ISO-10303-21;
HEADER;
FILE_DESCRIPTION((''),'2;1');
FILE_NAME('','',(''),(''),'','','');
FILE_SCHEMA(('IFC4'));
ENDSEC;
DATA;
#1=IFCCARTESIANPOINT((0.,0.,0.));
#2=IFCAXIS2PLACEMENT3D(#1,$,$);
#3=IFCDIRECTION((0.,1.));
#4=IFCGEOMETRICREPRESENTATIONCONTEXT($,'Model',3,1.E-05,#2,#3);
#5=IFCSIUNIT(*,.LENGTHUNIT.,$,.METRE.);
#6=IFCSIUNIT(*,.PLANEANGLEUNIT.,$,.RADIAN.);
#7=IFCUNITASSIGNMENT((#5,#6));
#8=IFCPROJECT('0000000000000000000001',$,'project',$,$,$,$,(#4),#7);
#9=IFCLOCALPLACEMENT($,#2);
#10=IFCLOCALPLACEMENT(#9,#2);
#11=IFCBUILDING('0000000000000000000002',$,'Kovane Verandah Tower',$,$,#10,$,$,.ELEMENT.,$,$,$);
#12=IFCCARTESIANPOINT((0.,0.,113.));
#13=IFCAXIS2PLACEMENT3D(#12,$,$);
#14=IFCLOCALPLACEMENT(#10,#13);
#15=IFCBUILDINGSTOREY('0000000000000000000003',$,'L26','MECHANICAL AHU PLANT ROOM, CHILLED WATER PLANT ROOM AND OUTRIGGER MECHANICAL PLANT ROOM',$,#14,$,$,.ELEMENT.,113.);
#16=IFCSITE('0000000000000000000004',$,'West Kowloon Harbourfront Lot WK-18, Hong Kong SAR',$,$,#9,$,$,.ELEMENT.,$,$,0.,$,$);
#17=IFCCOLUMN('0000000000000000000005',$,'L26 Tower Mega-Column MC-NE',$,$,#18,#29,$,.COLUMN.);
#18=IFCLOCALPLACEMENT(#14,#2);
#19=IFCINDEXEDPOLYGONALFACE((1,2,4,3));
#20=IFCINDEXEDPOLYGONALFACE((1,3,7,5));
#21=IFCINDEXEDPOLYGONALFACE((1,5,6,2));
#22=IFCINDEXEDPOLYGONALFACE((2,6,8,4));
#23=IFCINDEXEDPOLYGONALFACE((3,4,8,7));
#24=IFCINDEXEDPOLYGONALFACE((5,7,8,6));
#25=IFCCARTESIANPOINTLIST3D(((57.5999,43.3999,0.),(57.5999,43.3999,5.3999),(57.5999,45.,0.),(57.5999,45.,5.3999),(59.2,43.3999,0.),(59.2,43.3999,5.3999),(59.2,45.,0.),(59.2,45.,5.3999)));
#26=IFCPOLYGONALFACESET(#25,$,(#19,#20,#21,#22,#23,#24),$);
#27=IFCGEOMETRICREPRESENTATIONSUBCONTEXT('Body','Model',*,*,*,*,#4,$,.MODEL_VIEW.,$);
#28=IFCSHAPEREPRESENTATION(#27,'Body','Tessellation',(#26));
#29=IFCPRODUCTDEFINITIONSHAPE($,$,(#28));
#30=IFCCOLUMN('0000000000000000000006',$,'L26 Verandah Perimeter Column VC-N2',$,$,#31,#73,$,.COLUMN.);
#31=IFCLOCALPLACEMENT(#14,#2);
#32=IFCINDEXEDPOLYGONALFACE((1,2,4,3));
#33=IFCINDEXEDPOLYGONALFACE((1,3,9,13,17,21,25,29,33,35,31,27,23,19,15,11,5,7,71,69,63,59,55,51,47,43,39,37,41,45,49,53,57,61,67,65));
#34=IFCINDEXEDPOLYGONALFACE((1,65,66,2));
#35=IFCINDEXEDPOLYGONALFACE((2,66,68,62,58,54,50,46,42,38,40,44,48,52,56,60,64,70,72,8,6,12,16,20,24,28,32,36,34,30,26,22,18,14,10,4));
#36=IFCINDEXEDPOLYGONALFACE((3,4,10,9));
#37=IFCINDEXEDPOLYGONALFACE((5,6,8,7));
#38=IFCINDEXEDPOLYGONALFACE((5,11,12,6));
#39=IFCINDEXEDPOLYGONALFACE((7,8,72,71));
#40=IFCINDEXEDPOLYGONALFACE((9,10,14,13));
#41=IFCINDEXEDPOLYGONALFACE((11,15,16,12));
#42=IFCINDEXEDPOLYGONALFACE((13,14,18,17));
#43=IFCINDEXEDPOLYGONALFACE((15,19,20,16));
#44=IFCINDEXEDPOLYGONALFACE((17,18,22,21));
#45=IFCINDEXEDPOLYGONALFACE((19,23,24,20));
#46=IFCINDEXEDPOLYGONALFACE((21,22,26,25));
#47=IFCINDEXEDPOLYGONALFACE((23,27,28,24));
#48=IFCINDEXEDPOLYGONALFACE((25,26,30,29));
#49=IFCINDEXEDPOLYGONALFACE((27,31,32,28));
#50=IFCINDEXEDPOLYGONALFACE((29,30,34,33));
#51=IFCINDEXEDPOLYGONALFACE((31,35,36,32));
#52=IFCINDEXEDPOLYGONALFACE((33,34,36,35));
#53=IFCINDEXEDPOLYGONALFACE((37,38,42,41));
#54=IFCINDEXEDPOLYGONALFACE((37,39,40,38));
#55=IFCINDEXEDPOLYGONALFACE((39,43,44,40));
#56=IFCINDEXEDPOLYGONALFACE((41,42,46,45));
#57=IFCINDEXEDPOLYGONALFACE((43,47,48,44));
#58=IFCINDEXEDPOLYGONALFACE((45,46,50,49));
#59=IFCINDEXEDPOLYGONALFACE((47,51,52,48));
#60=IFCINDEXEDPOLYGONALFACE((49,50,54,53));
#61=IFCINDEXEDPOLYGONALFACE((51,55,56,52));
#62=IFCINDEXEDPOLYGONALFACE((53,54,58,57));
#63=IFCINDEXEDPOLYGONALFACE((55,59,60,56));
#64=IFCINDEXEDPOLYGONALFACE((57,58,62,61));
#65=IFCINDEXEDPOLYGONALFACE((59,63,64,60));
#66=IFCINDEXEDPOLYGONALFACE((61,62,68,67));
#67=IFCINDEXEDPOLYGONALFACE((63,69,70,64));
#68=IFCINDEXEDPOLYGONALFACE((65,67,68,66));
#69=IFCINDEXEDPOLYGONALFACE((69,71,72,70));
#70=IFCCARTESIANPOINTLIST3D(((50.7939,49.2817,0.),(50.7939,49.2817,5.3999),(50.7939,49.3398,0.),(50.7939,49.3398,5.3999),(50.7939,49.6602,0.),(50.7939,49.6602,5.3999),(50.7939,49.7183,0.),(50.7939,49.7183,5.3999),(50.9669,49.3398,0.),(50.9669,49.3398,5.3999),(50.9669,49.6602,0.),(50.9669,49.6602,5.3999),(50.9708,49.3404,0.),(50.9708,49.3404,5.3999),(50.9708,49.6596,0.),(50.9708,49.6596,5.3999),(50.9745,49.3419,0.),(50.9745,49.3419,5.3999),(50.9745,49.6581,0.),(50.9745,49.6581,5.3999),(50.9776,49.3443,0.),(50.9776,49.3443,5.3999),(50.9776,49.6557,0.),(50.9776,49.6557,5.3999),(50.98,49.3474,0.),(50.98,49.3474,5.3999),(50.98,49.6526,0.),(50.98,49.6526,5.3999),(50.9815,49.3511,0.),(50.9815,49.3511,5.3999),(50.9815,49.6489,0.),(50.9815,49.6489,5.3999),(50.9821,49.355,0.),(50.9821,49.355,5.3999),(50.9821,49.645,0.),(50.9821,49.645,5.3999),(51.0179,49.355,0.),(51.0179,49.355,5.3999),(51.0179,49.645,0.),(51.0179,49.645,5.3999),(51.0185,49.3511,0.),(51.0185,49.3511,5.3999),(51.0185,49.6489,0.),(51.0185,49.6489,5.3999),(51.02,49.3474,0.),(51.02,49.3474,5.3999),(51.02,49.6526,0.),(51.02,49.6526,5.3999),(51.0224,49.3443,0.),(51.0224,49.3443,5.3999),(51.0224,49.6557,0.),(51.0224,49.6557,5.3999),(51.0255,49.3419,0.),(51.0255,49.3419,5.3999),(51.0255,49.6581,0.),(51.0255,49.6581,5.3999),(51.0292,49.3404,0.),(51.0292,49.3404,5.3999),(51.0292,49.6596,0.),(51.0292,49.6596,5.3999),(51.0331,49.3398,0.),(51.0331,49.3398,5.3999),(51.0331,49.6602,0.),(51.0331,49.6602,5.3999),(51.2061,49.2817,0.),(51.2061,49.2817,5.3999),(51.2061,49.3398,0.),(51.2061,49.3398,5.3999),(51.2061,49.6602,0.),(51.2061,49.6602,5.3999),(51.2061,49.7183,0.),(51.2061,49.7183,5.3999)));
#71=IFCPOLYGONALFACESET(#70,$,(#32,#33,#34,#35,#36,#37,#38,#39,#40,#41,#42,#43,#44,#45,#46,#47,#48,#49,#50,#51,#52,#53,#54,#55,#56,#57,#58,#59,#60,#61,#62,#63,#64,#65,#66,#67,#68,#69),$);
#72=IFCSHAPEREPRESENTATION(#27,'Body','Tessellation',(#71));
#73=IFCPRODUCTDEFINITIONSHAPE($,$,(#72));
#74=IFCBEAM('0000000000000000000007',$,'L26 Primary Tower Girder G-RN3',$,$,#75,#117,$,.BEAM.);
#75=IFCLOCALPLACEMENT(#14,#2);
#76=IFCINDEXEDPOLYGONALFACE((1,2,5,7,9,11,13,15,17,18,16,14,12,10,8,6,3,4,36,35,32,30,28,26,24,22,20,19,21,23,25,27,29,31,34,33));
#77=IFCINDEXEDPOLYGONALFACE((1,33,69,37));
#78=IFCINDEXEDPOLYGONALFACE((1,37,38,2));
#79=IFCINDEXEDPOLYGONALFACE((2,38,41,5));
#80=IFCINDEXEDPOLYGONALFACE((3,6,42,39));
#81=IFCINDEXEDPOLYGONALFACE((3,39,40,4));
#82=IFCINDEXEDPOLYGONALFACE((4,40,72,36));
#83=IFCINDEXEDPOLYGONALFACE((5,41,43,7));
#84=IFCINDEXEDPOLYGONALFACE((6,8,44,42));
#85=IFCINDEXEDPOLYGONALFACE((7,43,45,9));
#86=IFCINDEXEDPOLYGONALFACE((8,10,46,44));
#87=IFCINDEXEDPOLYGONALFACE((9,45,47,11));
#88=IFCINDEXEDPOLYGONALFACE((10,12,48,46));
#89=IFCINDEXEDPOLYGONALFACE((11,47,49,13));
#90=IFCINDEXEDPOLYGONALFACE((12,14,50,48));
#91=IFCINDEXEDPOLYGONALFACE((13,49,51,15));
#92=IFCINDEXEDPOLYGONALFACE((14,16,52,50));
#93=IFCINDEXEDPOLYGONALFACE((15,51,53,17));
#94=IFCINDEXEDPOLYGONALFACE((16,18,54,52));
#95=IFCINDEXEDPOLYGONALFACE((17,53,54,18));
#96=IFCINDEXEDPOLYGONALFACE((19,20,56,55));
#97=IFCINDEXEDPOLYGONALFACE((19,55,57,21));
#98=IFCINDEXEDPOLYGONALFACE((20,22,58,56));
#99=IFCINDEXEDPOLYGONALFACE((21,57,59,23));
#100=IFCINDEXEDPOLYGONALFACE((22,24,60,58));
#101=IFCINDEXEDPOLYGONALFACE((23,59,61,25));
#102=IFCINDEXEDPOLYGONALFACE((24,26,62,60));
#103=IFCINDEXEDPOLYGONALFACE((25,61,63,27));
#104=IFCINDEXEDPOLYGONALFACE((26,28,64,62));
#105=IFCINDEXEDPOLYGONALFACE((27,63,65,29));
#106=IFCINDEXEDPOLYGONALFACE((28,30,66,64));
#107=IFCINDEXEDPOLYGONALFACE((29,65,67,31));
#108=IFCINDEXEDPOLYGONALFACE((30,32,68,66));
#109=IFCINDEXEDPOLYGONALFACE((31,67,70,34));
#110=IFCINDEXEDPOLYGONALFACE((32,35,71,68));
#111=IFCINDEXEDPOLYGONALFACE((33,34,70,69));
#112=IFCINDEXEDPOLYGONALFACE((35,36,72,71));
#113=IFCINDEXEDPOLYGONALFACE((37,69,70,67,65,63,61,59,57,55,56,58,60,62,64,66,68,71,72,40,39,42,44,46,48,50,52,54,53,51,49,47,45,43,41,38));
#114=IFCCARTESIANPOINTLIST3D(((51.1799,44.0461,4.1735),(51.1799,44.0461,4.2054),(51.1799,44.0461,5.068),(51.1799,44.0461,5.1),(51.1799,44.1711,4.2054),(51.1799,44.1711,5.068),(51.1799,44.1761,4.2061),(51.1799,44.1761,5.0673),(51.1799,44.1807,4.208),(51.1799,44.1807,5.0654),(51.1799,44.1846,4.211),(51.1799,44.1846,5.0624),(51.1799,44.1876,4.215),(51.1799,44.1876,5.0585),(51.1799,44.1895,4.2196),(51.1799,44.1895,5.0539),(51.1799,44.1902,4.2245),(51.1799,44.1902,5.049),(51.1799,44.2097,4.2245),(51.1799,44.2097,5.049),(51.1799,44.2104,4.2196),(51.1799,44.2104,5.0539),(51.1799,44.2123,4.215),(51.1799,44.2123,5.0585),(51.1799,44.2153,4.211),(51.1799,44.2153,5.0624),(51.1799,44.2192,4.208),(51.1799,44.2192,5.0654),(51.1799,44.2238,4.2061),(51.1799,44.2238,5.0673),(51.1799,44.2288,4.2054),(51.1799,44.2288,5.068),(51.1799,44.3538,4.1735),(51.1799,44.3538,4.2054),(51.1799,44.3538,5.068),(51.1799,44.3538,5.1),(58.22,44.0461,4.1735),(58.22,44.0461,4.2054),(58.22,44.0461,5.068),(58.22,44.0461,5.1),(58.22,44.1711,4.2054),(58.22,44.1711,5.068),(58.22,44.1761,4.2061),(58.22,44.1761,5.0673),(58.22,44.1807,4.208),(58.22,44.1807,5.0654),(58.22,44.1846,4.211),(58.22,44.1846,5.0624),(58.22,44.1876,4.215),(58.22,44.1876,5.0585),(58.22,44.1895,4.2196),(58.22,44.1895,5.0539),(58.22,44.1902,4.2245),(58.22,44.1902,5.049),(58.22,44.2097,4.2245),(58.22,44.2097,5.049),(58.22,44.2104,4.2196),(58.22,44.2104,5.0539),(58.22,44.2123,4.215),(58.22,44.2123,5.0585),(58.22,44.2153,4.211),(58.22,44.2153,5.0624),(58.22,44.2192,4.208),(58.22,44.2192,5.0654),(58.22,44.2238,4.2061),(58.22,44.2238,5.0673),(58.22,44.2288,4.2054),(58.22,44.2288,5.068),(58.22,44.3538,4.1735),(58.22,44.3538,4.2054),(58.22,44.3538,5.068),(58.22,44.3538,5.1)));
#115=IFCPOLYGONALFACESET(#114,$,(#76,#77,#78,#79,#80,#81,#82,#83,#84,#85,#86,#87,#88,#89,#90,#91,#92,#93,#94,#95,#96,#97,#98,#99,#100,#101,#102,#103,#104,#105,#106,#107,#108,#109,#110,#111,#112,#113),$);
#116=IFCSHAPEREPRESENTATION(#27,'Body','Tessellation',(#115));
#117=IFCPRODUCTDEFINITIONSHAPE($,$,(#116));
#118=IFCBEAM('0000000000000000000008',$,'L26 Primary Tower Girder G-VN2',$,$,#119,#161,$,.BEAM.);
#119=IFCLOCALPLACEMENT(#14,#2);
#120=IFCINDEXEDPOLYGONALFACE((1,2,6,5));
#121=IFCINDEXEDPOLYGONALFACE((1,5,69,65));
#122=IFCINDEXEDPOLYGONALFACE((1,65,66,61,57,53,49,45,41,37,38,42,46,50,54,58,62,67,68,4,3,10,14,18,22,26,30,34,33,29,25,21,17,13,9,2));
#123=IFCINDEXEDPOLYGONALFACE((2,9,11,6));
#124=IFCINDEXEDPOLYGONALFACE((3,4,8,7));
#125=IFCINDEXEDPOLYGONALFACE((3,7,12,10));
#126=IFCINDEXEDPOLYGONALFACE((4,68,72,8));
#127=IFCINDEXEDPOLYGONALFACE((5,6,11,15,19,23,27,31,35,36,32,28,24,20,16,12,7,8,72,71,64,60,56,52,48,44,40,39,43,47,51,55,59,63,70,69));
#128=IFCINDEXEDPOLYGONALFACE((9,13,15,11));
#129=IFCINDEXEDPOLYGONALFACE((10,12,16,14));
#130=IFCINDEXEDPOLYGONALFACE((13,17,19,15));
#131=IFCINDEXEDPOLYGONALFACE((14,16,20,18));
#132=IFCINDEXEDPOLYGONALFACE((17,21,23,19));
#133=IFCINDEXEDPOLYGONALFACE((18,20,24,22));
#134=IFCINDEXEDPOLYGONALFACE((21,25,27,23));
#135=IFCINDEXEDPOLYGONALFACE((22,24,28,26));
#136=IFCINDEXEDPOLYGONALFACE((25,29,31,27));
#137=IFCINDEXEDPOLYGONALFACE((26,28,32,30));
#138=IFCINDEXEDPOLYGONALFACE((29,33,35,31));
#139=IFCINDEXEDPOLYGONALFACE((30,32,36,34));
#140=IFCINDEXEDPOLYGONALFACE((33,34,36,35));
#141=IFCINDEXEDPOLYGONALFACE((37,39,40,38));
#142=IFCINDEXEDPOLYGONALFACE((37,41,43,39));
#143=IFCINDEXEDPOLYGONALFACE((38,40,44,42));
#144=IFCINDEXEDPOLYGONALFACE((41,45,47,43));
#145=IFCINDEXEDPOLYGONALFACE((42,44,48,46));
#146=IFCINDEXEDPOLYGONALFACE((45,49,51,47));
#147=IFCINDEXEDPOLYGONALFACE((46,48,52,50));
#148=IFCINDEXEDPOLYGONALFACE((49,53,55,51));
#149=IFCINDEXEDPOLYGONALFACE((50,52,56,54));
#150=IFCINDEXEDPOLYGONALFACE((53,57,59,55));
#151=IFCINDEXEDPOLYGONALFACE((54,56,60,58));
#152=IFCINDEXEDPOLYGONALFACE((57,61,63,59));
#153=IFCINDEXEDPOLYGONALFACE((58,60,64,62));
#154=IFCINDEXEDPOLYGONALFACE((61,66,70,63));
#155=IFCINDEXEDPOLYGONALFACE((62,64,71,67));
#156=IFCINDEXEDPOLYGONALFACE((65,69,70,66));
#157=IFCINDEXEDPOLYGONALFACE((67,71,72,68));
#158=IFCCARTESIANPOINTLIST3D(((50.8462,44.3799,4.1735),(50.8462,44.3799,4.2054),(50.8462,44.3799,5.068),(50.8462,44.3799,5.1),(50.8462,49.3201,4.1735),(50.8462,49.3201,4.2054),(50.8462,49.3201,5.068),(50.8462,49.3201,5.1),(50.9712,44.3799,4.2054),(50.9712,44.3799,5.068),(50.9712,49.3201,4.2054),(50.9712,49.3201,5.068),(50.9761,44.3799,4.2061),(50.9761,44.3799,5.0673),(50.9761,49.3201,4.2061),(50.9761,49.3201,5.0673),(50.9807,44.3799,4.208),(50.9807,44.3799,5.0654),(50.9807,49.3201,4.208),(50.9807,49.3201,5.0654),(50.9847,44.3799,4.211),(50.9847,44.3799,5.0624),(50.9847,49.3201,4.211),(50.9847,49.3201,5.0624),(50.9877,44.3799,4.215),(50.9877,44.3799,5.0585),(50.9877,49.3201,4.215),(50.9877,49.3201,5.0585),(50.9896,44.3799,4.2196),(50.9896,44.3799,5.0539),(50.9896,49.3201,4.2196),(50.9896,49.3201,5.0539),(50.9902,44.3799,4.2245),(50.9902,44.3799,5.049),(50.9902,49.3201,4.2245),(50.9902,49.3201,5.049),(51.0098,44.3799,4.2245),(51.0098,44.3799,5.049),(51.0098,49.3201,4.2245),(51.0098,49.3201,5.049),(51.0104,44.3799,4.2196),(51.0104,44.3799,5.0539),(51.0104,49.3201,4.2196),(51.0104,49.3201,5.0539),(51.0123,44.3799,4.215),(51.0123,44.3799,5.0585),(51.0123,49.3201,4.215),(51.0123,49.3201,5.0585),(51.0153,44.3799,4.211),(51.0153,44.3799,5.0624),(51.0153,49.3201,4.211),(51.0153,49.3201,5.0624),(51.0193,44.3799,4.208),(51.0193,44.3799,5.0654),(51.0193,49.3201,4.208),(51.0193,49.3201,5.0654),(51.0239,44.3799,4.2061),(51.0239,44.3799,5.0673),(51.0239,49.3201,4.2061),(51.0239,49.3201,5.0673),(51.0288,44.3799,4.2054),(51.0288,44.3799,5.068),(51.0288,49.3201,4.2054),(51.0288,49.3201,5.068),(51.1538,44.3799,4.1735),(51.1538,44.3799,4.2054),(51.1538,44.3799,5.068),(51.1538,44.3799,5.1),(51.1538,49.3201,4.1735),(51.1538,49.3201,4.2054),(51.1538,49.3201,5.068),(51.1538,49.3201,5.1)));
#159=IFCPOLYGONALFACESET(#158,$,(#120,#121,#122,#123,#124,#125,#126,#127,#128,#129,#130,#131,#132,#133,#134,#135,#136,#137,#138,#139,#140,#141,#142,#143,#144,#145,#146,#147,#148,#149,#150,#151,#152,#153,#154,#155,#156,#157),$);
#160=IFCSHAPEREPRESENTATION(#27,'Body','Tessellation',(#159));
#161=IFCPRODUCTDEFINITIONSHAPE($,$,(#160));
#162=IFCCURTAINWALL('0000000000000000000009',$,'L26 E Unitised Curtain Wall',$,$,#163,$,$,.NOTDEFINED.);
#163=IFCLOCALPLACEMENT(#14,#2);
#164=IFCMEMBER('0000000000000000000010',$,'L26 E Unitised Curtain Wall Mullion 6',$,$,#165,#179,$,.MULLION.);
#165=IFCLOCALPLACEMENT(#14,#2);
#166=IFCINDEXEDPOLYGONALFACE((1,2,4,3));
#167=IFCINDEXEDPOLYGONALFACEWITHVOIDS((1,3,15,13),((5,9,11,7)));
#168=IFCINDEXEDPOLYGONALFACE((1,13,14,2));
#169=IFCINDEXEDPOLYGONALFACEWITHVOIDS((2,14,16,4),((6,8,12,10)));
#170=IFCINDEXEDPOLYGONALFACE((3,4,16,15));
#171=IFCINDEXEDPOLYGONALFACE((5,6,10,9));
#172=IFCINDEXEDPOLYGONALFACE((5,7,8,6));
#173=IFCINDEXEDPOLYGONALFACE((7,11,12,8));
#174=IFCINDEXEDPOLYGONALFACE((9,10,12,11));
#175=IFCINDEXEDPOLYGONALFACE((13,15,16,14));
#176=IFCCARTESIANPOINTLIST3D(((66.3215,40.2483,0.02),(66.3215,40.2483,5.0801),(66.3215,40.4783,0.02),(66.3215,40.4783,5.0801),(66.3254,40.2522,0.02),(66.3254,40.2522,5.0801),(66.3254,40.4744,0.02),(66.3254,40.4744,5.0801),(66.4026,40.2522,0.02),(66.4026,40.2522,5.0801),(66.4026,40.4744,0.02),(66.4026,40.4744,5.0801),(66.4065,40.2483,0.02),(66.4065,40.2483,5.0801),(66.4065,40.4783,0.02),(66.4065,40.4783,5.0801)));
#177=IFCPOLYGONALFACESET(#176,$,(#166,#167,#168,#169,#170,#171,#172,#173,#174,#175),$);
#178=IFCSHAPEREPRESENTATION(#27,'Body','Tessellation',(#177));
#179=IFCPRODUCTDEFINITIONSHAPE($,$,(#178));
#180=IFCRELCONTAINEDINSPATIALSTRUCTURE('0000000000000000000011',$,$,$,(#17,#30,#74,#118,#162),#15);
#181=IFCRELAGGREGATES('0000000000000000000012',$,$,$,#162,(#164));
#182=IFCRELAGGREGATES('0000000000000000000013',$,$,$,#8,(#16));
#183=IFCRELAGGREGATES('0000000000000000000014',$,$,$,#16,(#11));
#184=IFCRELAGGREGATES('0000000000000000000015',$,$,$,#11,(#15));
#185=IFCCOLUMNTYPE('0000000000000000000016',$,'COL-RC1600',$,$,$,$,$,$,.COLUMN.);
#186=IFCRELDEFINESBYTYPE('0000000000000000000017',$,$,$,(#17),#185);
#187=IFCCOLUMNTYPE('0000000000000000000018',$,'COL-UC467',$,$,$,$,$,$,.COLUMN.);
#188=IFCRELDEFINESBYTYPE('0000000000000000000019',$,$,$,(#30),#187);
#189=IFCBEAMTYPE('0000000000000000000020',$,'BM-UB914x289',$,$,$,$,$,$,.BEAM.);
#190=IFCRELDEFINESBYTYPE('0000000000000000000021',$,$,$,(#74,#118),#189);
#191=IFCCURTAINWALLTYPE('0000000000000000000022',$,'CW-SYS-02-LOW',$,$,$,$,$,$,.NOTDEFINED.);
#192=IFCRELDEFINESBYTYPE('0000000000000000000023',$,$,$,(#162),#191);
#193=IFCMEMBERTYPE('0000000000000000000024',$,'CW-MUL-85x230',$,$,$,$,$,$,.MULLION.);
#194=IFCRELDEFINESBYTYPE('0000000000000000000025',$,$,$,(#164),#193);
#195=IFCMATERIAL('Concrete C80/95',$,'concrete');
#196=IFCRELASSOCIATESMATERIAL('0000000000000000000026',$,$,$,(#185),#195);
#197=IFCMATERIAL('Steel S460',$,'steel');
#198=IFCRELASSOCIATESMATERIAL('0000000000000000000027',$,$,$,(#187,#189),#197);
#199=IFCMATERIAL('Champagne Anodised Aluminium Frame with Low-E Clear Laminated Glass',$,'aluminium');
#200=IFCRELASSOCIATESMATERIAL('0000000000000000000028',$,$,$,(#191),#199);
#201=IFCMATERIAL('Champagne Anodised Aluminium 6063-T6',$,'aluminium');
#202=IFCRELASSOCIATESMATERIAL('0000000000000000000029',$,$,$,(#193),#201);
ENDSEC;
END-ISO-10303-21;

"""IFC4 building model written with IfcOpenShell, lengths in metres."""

from ifc_helpers import new_model, si_unit, direction, frame, origin, origin_2d, place, context, subcontext, project, spatial, rectangle, hollow_rectangle, i_section, extrude, material, material_profile, profile_set, type_object, element, aggregate, save


model = new_model("IFC4")

# Units and contexts
model_context = context("Model", 3, precision=1e-05, world=origin(), true_north=direction((0.0, 1.0)))
body_context = subcontext(model_context, "Body", "Model", "MODEL_VIEW")
ifc_project = project(units=[si_unit("LENGTHUNIT", "METRE"), si_unit("PLANEANGLEUNIT", "RADIAN")], contexts=[model_context])

# Site, building, storey
site_placement = place(None, origin())
site = spatial("IfcSite", under=ifc_project, at=site_placement, Name="West Kowloon Harbourfront Lot WK-18, Hong Kong SAR", CompositionType="ELEMENT", RefElevation=0.0)
building_placement = place(site_placement, origin())
building = spatial("IfcBuilding", under=site, at=building_placement, Name="Kovane Verandah Tower", CompositionType="ELEMENT")
storey_placement = place(building_placement, frame((0.0, 0.0, 113.0)))
storey = spatial("IfcBuildingStorey", under=building, at=storey_placement, Name="L26", Description="MECHANICAL AHU PLANT ROOM, CHILLED WATER PLANT ROOM AND OUTRIGGER MECHANICAL PLANT ROOM", CompositionType="ELEMENT", Elevation=113.0)

# Columns
ifc_material_1 = material(Name="Concrete C80/95", Category="concrete")
ifc_material_profile_1 = material_profile(ifc_material_1, rectangle(XDim=1.6001, YDim=1.6001, at=origin_2d()), Name="RC1600x1600")
ifc_profile_set_1 = profile_set([ifc_material_profile_1], Name="Concrete C80/95")
column_type_1 = type_object("IfcColumnType", Name="COL-RC1600", PredefinedType="COLUMN", material=ifc_profile_set_1)
column_1_placement = place(storey_placement, frame((58.3999, 44.2, 0.0), z_axis=(0.0, 0.0, 1.0), x_axis=(1.0, 0.0, 0.0)))
element("IfcColumn", 1, at=column_1_placement, inside=storey, type_object=column_type_1, Name="L26 Tower Mega-Column MC-NE", PredefinedType="COLUMN", context=body_context, shape_type="SweptSolid", body=[
    extrude(rectangle(XDim=1.6001, YDim=1.6001, at=origin_2d()), origin(), (0.0, 0.0, 1.0), 5.3999),
])
ifc_material_2 = material(Name="Steel S460", Category="steel")
ifc_material_profile_2 = material_profile(ifc_material_2, i_section(OverallWidth=0.4121, OverallDepth=0.4365, WebThickness=0.0359, FlangeThickness=0.0581, FilletRadius=0.0151, at=origin_2d()), Name="UC356x406x467")
ifc_profile_set_2 = profile_set([ifc_material_profile_2], Name="Steel S460")
column_type_2 = type_object("IfcColumnType", Name="COL-UC467", PredefinedType="COLUMN", material=ifc_profile_set_2)
column_2_placement = place(storey_placement, frame((51.0, 49.5, 0.0), z_axis=(0.0, 0.0, 1.0), x_axis=(1.0, 0.0, 0.0)))
element("IfcColumn", 2, at=column_2_placement, inside=storey, type_object=column_type_2, Name="L26 Verandah Perimeter Column VC-N2", PredefinedType="COLUMN", context=body_context, shape_type="SweptSolid", body=[
    extrude(i_section(OverallWidth=0.4121, OverallDepth=0.4365, WebThickness=0.0359, FlangeThickness=0.0581, FilletRadius=0.0151, at=origin_2d()), origin(), (0.0, 0.0, 1.0), 5.3999),
])

# Beams
ifc_material_profile_3 = material_profile(ifc_material_2, i_section(OverallWidth=0.3076, OverallDepth=0.9265, WebThickness=0.0195, FlangeThickness=0.032, FilletRadius=0.019, at=origin_2d()), Name="UB914x305x289")
ifc_profile_set_3 = profile_set([ifc_material_profile_3], Name="Steel S460")
beam_type = type_object("IfcBeamType", Name="BM-UB914x289", PredefinedType="BEAM", material=ifc_profile_set_3)
beam_1_placement = place(storey_placement, frame((51.1799, 44.2, 4.6367), z_axis=(1.0, 0.0, 0.0), x_axis=(0.0, 1.0, 0.0)))
element("IfcBeam", 3, at=beam_1_placement, inside=storey, type_object=beam_type, Name="L26 Primary Tower Girder G-RN3", PredefinedType="BEAM", context=body_context, shape_type="SweptSolid", body=[
    extrude(i_section(OverallWidth=0.3076, OverallDepth=0.9265, WebThickness=0.0195, FlangeThickness=0.032, FilletRadius=0.019, at=origin_2d()), origin(), (0.0, 0.0, 1.0), 7.04),
])
beam_2_placement = place(storey_placement, frame((51.0, 44.3799, 4.6367), z_axis=(0.0, 1.0, 0.0), x_axis=(-1.0, 0.0, 0.0)))
element("IfcBeam", 4, at=beam_2_placement, inside=storey, type_object=beam_type, Name="L26 Primary Tower Girder G-VN2", PredefinedType="BEAM", context=body_context, shape_type="SweptSolid", body=[
    extrude(i_section(OverallWidth=0.3076, OverallDepth=0.9265, WebThickness=0.0195, FlangeThickness=0.032, FilletRadius=0.019, at=origin_2d()), origin(), (0.0, 0.0, 1.0), 4.9402),
])

# Curtain wall, member
ifc_material_3 = material(Name="Champagne Anodised Aluminium Frame with Low-E Clear Laminated Glass", Category="aluminium")
curtain_wall_type = type_object("IfcCurtainWallType", Name="CW-SYS-02-LOW", PredefinedType="NOTDEFINED", material=ifc_material_3)
curtain_wall_1_placement = place(storey_placement, origin())
curtain_wall_1 = element("IfcCurtainWall", 5, at=curtain_wall_1_placement, inside=storey, type_object=curtain_wall_type, Name="L26 E Unitised Curtain Wall", PredefinedType="NOTDEFINED")
ifc_material_4 = material(Name="Champagne Anodised Aluminium 6063-T6", Category="aluminium")
ifc_material_profile_4 = material_profile(ifc_material_4, hollow_rectangle(XDim=0.085, YDim=0.23, WallThickness=0.0039, at=origin_2d()), Name="AL85x230x4")
ifc_profile_set_4 = profile_set([ifc_material_profile_4], Name="Champagne Anodised Aluminium 6063-T6")
member_type_1 = type_object("IfcMemberType", Name="CW-MUL-85x230", PredefinedType="MULLION", material=ifc_profile_set_4)
member_1_placement = place(storey_placement, frame((66.364, 40.3633, 0.02), z_axis=(0.0, 0.0, 1.0), x_axis=(1.0, 0.0, 0.0)))
member_1 = element("IfcMember", 6, at=member_1_placement, type_object=member_type_1, Name="L26 E Unitised Curtain Wall Mullion 6", PredefinedType="MULLION", context=body_context, shape_type="SweptSolid", body=[
    extrude(hollow_rectangle(XDim=0.085, YDim=0.23, WallThickness=0.0039, at=origin_2d()), origin(), (0.0, 0.0, 1.0), 5.0601),
])

aggregate(curtain_wall_1, [member_1])

save(model, "model.ifc")
